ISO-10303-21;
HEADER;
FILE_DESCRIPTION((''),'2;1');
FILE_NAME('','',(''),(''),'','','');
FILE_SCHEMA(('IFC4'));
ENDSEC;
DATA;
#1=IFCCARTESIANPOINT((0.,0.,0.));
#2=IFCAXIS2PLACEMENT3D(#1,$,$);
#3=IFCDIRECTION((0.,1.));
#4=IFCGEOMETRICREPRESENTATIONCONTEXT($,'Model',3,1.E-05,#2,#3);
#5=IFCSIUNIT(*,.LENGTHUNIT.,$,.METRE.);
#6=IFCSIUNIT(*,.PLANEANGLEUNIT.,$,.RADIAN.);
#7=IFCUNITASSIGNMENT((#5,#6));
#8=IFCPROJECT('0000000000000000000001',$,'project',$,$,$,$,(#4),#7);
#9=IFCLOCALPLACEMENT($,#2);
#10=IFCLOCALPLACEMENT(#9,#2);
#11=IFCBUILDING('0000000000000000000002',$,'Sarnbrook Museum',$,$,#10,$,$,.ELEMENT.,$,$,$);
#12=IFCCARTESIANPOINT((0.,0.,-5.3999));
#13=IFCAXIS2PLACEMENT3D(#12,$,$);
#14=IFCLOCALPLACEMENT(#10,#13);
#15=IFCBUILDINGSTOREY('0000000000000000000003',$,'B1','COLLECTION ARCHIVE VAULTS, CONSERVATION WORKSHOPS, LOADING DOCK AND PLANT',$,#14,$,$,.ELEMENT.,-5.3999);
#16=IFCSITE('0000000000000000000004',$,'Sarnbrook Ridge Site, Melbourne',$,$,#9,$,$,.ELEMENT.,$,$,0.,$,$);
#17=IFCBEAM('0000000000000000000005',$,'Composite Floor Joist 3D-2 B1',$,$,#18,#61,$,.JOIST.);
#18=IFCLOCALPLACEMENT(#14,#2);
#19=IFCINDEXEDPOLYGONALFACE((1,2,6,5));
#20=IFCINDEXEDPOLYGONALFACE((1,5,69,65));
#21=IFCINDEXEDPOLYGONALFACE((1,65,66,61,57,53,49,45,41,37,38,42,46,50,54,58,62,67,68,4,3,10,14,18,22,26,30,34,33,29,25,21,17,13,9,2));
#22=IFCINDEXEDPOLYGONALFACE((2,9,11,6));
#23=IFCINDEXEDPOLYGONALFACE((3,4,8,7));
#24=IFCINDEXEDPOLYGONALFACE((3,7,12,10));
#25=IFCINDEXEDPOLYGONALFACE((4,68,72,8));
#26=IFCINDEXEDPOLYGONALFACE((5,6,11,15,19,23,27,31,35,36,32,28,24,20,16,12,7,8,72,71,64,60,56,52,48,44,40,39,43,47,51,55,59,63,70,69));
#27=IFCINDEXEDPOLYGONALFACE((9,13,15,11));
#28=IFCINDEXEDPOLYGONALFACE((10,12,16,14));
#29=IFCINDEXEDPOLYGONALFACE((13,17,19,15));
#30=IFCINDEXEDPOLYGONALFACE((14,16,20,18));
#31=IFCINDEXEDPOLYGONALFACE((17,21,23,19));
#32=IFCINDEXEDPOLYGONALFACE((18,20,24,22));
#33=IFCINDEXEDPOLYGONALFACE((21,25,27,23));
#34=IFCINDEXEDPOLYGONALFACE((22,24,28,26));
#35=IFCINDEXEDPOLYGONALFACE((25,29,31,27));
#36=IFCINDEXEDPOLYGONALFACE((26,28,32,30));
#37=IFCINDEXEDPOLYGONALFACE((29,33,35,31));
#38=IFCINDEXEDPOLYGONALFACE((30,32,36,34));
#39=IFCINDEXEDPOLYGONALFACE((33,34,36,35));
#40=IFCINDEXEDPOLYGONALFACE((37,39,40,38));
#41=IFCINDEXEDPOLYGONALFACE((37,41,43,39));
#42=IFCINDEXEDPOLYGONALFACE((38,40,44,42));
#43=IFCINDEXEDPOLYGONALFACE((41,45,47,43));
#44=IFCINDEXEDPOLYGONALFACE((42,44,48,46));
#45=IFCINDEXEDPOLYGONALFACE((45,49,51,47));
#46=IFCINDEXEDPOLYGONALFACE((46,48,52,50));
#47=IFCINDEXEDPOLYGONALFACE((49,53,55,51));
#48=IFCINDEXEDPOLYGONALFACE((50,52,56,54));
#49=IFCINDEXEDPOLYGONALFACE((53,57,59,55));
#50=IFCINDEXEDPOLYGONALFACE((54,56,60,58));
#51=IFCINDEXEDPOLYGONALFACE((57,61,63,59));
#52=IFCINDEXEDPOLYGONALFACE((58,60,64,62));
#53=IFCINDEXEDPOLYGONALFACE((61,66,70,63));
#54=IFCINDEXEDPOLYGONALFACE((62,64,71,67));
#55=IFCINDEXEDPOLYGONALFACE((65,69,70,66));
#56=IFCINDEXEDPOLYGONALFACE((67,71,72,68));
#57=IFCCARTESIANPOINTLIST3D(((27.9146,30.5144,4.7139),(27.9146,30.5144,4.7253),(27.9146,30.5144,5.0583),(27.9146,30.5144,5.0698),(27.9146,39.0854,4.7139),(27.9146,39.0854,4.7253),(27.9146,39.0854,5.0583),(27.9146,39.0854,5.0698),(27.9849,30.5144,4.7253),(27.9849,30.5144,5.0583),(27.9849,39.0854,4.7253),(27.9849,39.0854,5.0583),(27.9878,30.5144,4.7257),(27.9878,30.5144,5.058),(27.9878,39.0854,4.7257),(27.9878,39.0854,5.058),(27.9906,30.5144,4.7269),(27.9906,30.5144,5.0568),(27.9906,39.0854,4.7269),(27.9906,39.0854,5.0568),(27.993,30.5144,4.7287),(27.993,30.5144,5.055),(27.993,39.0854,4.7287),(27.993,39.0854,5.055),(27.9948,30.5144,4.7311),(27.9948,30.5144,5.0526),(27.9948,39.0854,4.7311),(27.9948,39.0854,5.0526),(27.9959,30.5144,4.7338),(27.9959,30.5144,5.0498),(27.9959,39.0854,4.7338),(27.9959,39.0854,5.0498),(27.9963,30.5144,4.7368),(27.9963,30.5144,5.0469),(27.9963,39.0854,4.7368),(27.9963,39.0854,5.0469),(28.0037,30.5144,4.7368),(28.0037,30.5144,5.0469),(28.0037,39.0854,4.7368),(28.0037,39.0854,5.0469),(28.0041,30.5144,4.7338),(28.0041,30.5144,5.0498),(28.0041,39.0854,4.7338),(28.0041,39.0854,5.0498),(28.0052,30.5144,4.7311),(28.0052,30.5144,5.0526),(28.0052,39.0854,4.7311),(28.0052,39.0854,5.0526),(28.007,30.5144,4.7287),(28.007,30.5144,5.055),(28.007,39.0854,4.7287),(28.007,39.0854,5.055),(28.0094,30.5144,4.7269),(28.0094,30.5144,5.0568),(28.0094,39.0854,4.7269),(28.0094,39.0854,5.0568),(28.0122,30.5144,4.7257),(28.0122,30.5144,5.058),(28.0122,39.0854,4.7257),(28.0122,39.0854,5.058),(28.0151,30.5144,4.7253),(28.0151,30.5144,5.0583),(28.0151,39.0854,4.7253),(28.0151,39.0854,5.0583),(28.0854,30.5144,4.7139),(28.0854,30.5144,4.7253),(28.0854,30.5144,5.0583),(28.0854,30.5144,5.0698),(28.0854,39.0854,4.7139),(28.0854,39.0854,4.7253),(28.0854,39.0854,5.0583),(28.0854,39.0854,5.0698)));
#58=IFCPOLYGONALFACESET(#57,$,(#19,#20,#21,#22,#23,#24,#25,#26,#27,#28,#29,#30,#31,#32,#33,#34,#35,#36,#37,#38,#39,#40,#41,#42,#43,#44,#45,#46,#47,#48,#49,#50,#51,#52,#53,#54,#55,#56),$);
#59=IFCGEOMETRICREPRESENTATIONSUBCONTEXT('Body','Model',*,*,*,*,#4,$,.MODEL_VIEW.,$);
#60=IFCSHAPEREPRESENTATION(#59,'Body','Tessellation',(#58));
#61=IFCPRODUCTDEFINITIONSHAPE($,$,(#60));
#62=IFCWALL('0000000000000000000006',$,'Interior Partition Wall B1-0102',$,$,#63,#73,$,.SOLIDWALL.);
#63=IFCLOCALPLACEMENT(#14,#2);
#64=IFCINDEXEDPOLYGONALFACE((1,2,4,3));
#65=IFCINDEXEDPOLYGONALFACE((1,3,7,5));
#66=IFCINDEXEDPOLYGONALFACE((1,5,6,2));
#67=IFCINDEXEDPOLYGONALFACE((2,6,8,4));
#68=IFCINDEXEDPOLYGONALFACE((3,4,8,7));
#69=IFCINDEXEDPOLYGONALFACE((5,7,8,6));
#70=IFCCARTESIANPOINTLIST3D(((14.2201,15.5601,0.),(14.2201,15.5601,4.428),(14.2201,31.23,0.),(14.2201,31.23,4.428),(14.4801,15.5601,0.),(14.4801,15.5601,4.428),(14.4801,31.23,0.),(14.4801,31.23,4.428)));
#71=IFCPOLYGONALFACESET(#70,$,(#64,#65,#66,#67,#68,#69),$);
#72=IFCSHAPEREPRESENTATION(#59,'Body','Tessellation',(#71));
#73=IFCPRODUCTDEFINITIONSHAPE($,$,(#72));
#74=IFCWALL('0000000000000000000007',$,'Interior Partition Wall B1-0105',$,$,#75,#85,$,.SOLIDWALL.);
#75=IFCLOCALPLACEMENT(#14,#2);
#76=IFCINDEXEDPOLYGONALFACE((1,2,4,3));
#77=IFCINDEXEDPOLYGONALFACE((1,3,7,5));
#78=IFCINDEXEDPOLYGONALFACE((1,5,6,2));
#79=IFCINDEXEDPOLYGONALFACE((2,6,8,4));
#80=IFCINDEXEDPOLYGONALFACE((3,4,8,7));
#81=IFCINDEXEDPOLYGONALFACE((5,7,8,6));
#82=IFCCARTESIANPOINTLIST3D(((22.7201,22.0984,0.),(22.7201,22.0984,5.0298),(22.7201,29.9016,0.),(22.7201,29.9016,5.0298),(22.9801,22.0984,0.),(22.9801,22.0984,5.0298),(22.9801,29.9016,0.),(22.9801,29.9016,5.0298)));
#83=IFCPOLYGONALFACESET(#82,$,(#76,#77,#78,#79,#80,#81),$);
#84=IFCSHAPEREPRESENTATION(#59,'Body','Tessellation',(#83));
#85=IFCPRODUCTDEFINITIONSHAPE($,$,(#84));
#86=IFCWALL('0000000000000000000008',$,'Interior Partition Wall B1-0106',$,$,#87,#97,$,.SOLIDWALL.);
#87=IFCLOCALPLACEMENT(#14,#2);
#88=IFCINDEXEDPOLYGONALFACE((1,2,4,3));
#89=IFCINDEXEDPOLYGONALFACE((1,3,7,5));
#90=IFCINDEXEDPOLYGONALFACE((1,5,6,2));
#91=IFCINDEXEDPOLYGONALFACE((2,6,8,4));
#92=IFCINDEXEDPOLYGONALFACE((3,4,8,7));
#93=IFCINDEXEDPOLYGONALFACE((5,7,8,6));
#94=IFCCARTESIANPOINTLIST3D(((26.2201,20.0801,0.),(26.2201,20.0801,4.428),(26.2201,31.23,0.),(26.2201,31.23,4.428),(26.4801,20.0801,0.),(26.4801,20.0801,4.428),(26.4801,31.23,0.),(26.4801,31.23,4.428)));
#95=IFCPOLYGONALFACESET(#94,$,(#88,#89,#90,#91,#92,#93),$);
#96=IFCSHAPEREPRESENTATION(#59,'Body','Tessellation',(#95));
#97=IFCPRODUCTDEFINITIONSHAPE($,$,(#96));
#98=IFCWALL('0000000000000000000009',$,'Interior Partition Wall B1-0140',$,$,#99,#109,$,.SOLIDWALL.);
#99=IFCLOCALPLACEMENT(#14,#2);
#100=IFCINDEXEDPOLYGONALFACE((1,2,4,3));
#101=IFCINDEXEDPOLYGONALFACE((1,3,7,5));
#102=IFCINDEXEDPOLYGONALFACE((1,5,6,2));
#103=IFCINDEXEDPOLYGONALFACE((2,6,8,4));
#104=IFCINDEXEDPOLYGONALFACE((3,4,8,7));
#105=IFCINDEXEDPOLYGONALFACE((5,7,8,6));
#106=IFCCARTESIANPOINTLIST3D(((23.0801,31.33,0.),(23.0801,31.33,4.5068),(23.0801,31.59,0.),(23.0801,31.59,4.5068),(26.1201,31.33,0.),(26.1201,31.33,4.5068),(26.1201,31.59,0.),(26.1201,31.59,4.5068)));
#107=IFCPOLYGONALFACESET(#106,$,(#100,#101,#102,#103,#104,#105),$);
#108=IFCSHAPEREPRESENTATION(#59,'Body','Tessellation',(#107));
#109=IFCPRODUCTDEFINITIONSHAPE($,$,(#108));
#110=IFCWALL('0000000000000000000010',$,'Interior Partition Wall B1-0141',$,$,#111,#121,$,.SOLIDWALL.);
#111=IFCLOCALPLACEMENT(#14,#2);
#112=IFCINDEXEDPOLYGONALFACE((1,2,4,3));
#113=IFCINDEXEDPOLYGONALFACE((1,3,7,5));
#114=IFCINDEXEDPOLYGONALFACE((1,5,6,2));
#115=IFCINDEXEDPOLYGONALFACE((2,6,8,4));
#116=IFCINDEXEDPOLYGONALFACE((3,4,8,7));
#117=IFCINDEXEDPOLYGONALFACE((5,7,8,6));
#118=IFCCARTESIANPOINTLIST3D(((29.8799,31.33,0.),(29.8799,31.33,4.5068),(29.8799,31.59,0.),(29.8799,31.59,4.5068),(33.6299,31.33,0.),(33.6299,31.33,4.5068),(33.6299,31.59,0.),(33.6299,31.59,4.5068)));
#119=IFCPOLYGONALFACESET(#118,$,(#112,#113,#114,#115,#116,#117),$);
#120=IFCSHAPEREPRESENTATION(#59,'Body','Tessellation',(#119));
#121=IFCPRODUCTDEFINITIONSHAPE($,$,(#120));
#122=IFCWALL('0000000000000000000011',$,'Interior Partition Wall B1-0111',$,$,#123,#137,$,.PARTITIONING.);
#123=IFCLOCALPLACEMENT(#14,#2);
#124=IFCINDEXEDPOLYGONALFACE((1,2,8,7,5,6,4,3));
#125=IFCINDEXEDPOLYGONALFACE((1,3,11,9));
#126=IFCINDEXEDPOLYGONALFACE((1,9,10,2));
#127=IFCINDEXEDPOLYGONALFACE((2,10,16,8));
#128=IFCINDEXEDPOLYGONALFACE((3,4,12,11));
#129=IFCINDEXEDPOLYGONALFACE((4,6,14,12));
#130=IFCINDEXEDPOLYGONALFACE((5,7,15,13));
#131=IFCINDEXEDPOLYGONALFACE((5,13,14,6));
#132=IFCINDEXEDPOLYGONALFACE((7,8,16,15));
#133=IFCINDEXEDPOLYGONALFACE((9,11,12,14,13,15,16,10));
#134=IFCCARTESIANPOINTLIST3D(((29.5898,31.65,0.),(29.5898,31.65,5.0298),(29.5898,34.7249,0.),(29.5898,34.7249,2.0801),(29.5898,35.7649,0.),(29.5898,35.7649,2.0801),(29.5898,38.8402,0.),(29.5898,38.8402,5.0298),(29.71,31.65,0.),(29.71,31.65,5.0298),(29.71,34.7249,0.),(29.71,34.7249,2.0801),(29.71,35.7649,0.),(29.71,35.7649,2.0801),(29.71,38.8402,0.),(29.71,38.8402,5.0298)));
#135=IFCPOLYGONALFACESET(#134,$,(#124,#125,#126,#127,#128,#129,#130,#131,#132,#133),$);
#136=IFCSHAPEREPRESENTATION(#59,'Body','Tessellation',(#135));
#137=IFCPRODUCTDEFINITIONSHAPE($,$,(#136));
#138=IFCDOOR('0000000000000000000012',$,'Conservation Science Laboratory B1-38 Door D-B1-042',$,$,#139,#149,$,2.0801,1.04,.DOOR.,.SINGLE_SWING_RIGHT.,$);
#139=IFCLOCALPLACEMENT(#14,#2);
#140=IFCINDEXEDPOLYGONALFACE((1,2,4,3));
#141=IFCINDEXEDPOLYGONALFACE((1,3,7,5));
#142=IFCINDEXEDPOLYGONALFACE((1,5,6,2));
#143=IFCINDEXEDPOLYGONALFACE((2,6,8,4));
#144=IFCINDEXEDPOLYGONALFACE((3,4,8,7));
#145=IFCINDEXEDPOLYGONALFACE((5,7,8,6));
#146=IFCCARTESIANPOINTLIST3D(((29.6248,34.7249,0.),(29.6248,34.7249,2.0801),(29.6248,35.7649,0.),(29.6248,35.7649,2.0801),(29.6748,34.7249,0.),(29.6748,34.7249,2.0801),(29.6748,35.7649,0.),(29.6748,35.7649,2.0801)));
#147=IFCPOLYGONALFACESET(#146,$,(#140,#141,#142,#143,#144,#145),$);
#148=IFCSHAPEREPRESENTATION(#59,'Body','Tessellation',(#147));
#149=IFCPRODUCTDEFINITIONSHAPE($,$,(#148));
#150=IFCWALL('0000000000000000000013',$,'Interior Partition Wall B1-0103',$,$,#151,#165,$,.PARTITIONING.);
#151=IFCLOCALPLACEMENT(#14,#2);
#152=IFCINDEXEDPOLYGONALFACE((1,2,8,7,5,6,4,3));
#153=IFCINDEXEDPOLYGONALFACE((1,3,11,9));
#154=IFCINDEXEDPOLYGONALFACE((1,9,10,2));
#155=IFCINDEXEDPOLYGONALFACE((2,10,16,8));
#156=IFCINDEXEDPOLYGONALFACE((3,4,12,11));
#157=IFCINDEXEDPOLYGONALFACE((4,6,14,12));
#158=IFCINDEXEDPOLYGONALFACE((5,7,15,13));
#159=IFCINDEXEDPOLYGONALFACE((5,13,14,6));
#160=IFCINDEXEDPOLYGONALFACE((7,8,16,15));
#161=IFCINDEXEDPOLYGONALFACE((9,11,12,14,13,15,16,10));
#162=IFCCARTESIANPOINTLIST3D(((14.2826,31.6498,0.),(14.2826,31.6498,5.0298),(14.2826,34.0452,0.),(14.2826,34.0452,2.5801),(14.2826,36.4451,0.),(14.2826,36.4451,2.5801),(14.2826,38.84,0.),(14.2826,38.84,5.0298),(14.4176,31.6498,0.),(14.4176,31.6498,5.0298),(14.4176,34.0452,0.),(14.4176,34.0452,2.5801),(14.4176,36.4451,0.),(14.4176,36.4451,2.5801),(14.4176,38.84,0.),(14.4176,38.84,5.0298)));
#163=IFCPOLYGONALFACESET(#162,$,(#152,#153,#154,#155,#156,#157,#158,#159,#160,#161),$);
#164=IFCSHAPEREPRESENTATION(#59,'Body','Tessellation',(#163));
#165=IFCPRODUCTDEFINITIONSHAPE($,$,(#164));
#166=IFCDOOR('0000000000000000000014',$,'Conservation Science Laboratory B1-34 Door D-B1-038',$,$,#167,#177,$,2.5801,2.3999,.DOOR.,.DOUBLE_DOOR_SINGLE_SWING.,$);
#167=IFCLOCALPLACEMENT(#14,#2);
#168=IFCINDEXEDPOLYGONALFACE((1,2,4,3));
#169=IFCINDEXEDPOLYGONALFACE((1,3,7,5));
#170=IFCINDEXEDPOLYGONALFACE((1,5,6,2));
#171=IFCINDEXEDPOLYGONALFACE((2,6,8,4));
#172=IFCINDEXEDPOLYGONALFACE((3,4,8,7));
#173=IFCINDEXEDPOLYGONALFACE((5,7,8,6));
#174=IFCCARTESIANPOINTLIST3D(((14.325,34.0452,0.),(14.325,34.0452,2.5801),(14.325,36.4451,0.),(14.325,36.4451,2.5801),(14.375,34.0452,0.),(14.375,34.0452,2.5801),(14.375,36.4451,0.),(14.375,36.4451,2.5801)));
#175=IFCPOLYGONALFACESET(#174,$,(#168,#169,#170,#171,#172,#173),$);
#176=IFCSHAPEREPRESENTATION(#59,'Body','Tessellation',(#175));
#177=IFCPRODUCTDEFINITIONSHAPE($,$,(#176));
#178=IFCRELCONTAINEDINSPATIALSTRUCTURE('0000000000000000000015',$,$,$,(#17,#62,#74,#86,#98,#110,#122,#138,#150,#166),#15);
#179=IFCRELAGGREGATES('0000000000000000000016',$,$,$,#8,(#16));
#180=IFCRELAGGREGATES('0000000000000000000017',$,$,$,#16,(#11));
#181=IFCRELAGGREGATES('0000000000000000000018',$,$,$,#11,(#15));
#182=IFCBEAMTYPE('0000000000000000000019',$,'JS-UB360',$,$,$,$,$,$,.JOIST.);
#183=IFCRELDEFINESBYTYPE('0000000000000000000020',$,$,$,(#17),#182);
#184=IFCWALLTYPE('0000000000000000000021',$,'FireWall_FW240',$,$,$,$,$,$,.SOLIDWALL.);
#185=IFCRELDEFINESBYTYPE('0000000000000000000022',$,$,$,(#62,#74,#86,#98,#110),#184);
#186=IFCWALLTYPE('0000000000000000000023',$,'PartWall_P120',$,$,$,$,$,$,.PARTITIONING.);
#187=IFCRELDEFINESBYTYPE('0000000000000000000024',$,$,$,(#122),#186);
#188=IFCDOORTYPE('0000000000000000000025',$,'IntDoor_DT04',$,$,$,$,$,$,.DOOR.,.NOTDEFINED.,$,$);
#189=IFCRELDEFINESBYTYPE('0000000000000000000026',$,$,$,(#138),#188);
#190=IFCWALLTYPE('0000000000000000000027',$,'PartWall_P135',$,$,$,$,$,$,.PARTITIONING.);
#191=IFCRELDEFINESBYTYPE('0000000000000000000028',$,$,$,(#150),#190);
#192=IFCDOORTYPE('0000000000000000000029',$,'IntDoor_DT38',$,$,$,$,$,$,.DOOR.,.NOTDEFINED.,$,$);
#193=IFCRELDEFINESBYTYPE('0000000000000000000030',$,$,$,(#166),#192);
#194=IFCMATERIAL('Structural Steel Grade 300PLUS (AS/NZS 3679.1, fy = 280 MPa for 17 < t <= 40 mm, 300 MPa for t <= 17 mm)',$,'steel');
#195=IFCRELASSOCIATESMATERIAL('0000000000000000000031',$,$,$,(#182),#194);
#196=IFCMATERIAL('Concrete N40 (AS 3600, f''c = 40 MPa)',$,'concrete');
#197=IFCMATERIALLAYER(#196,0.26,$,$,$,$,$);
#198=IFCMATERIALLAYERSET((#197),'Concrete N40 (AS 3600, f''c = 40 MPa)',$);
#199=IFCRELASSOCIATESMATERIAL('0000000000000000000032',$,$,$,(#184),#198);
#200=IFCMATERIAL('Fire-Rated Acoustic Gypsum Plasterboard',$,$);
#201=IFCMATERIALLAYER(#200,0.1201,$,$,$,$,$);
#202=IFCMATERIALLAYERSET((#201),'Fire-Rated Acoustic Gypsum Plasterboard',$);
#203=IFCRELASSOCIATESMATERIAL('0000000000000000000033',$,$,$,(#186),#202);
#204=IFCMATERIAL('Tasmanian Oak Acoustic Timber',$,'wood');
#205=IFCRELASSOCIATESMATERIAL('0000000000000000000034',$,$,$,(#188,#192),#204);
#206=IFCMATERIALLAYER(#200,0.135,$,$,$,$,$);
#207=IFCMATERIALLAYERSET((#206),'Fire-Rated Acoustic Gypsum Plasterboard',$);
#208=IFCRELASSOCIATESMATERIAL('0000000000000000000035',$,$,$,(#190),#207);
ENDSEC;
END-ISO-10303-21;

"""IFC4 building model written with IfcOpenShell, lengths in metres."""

from ifc_helpers import new_model, si_unit, direction, frame, frame_2d, origin, origin_2d, place, context, subcontext, project, spatial, rectangle, i_section, extrude, material, layer, layer_set, material_profile, profile_set, type_object, element, fill, save


model = new_model("IFC4")

# Units and contexts
model_context = context("Model", 3, precision=1e-05, world=origin(), true_north=direction((0.0, 1.0)))
body_context = subcontext(model_context, "Body", "Model", "MODEL_VIEW")
ifc_project = project(units=[si_unit("LENGTHUNIT", "METRE"), si_unit("PLANEANGLEUNIT", "RADIAN")], contexts=[model_context])

# Site, building, storey
site_placement = place(None, origin())
site = spatial("IfcSite", under=ifc_project, at=site_placement, Name="Sarnbrook Ridge Site, Melbourne", CompositionType="ELEMENT", RefElevation=0.0)
building_placement = place(site_placement, origin())
building = spatial("IfcBuilding", under=site, at=building_placement, Name="Sarnbrook Museum", CompositionType="ELEMENT")
storey_placement = place(building_placement, frame((0.0, 0.0, -5.3999)))
storey = spatial("IfcBuildingStorey", under=building, at=storey_placement, Name="B1", Description="COLLECTION ARCHIVE VAULTS, CONSERVATION WORKSHOPS, LOADING DOCK AND PLANT", CompositionType="ELEMENT", Elevation=-5.3999)

# Shared definitions
ifc_material_1 = material(Name="Concrete N40 (AS 3600, f'c = 40 MPa)", Category="concrete")

# Beam
ifc_material_2 = material(Name="Structural Steel Grade 300PLUS (AS/NZS 3679.1, fy = 280 MPa for 17 < t <= 40 mm, 300 MPa for t <= 17 mm)", Category="steel")
ifc_material_profile_1 = material_profile(ifc_material_2, i_section(OverallWidth=0.1709, OverallDepth=0.356, WebThickness=0.0073, FlangeThickness=0.0115, FilletRadius=0.0115, at=origin_2d()), Name="360UB50.7")
ifc_profile_set_1 = profile_set([ifc_material_profile_1], Name="Structural Steel Grade 300PLUS (AS/NZS 3679.1, fy = 280 MPa for 17 < t <= 40 mm, 300 MPa for t <= 17 mm)")
beam_type_1 = type_object("IfcBeamType", Name="JS-UB360", PredefinedType="JOIST", material=ifc_profile_set_1)
for number, where, z_axis, x_axis, name in (
    (1, (28.0, 30.5144, 4.8918), (0.0, 1.0, 0.0), (-1.0, 0.0, 0.0), "Composite Floor Joist 3D-2 B1"),
):
    element("IfcBeam", number, at=place(storey_placement, frame(where, z_axis=z_axis, x_axis=x_axis)), inside=storey, type_object=beam_type_1, Name=name, PredefinedType="JOIST", context=body_context, shape_type="SweptSolid", body=[
        extrude(i_section(OverallWidth=0.1709, OverallDepth=0.356, WebThickness=0.0073, FlangeThickness=0.0115, FilletRadius=0.0115, at=origin_2d()), origin(), (0.0, 0.0, 1.0), 8.571),
    ])

# Walls
ifc_layer_1 = layer(ifc_material_1, 0.26)
ifc_layer_set_1 = layer_set([ifc_layer_1], Name="Concrete N40 (AS 3600, f'c = 40 MPa)")
wall_type_1 = type_object("IfcWallType", Name="FireWall_FW240", PredefinedType="SOLIDWALL", material=ifc_layer_set_1)
wall_1_placement = place(storey_placement, frame((14.3501, 31.23, 0.0), z_axis=(0.0, 0.0, 1.0), x_axis=(0.0, -1.0, 0.0)))
element("IfcWall", 2, at=wall_1_placement, inside=storey, type_object=wall_type_1, Name="Interior Partition Wall B1-0102", PredefinedType="SOLIDWALL", context=body_context, shape_type="SweptSolid", body=[
    extrude(rectangle(XDim=15.6699, YDim=0.26, at=frame_2d((7.835, 0.0))), origin(), (0.0, 0.0, 1.0), 4.428),
])
wall_2_placement = place(storey_placement, frame((22.8501, 22.0984, 0.0), z_axis=(0.0, 0.0, 1.0), x_axis=(0.0, 1.0, 0.0)))
element("IfcWall", 3, at=wall_2_placement, inside=storey, type_object=wall_type_1, Name="Interior Partition Wall B1-0105", PredefinedType="SOLIDWALL", context=body_context, shape_type="SweptSolid", body=[
    extrude(rectangle(XDim=7.8032, YDim=0.26, at=frame_2d((3.9016, 0.0))), origin(), (0.0, 0.0, 1.0), 5.0298),
])
wall_3_placement = place(storey_placement, frame((26.3501, 31.23, 0.0), z_axis=(0.0, 0.0, 1.0), x_axis=(0.0, -1.0, 0.0)))
element("IfcWall", 4, at=wall_3_placement, inside=storey, type_object=wall_type_1, Name="Interior Partition Wall B1-0106", PredefinedType="SOLIDWALL", context=body_context, shape_type="SweptSolid", body=[
    extrude(rectangle(XDim=11.1499, YDim=0.26, at=frame_2d((5.575, 0.0))), origin(), (0.0, 0.0, 1.0), 4.428),
])
wall_4_placement = place(storey_placement, frame((23.0801, 31.46, 0.0), z_axis=(0.0, 0.0, 1.0), x_axis=(1.0, 0.0, 0.0)))
element("IfcWall", 5, at=wall_4_placement, inside=storey, type_object=wall_type_1, Name="Interior Partition Wall B1-0140", PredefinedType="SOLIDWALL", context=body_context, shape_type="SweptSolid", body=[
    extrude(rectangle(XDim=3.04, YDim=0.26, at=frame_2d((1.52, 0.0))), origin(), (0.0, 0.0, 1.0), 4.5068),
])
wall_5_placement = place(storey_placement, frame((29.8799, 31.46, 0.0), z_axis=(0.0, 0.0, 1.0), x_axis=(1.0, 0.0, 0.0)))
element("IfcWall", 6, at=wall_5_placement, inside=storey, type_object=wall_type_1, Name="Interior Partition Wall B1-0141", PredefinedType="SOLIDWALL", context=body_context, shape_type="SweptSolid", body=[
    extrude(rectangle(XDim=3.75, YDim=0.26, at=frame_2d((1.875, 0.0))), origin(), (0.0, 0.0, 1.0), 4.5068),
])

# Walls, openings, doors
ifc_material_3 = material(Name="Fire-Rated Acoustic Gypsum Plasterboard")
ifc_layer_2 = layer(ifc_material_3, 0.1201)
ifc_layer_set_2 = layer_set([ifc_layer_2], Name="Fire-Rated Acoustic Gypsum Plasterboard")
wall_type_2 = type_object("IfcWallType", Name="PartWall_P120", PredefinedType="PARTITIONING", material=ifc_layer_set_2)
wall_6_placement = place(storey_placement, frame((29.6499, 31.6499, 0.0), z_axis=(0.0, 0.0, 1.0), x_axis=(0.0, 1.0, 0.0)))
wall_6 = element("IfcWall", 7, at=wall_6_placement, inside=storey, type_object=wall_type_2, Name="Interior Partition Wall B1-0111", PredefinedType="PARTITIONING", context=body_context, shape_type="SweptSolid", body=[
    extrude(rectangle(XDim=7.1902, YDim=0.1201, at=frame_2d((3.5952, 0.0))), origin(), (0.0, 0.0, 1.0), 5.0298),
])
opening_1_placement = place(wall_6_placement, frame((3.075, 0.0, 0.0)))
opening_1 = element("IfcOpeningElement", 8, at=opening_1_placement, cuts=wall_6, PredefinedType="OPENING", context=body_context, shape_type="SweptSolid", body=[
    extrude(rectangle(XDim=1.04, YDim=2.0801, at=frame_2d((0.52, 1.04))), frame((0.0, 0.0701, 0.0), z_axis=(0.0, -1.0, 0.0), x_axis=(1.0, 0.0, 0.0)), (0.0, 0.0, 1.0), 0.1401),
])
ifc_material_4 = material(Name="Tasmanian Oak Acoustic Timber", Category="wood")
door_type_1 = type_object("IfcDoorType", Name="IntDoor_DT04", OperationType="NOTDEFINED", PredefinedType="DOOR", material=ifc_material_4)
door_1_placement = place(opening_1_placement, frame((1.04, 0.0, 0.0), z_axis=(0.0, 0.0, 1.0), x_axis=(-1.0, 0.0, 0.0)))
door_1 = element("IfcDoor", 9, at=door_1_placement, inside=storey, type_object=door_type_1, Name="Conservation Science Laboratory B1-38 Door D-B1-042", OperationType="SINGLE_SWING_RIGHT", OverallHeight=2.0801, OverallWidth=1.04, PredefinedType="DOOR", context=body_context, shape_type="SweptSolid", body=[
    extrude(rectangle(XDim=1.04, YDim=2.0801, at=frame_2d((0.52, 1.04))), frame((0.0, 0.0249, 0.0), z_axis=(0.0, -1.0, 0.0), x_axis=(1.0, 0.0, 0.0)), (0.0, 0.0, 1.0), 0.05),
])
fill(opening_1, door_1)
ifc_layer_3 = layer(ifc_material_3, 0.135)
ifc_layer_set_3 = layer_set([ifc_layer_3], Name="Fire-Rated Acoustic Gypsum Plasterboard")
wall_type_3 = type_object("IfcWallType", Name="PartWall_P135", PredefinedType="PARTITIONING", material=ifc_layer_set_3)
wall_7_placement = place(storey_placement, frame((14.3501, 38.8401, 0.0), z_axis=(0.0, 0.0, 1.0), x_axis=(0.0, -1.0, 0.0)))
wall_7 = element("IfcWall", 10, at=wall_7_placement, inside=storey, type_object=wall_type_3, Name="Interior Partition Wall B1-0103", PredefinedType="PARTITIONING", context=body_context, shape_type="SweptSolid", body=[
    extrude(rectangle(XDim=7.1902, YDim=0.135, at=frame_2d((3.5952, 0.0))), origin(), (0.0, 0.0, 1.0), 5.0298),
])
opening_2_placement = place(wall_7_placement, frame((2.395, 0.0, 0.0)))
opening_2 = element("IfcOpeningElement", 11, at=opening_2_placement, cuts=wall_7, PredefinedType="OPENING", context=body_context, shape_type="SweptSolid", body=[
    extrude(rectangle(XDim=2.3999, YDim=2.5801, at=frame_2d((1.2, 1.29))), frame((0.0, 0.0776, 0.0), z_axis=(0.0, -1.0, 0.0), x_axis=(1.0, 0.0, 0.0)), (0.0, 0.0, 1.0), 0.155),
])
door_type_2 = type_object("IfcDoorType", Name="IntDoor_DT38", OperationType="NOTDEFINED", PredefinedType="DOOR", material=ifc_material_4)
door_2_placement = place(opening_2_placement, origin())
door_2 = element("IfcDoor", 12, at=door_2_placement, inside=storey, type_object=door_type_2, Name="Conservation Science Laboratory B1-34 Door D-B1-038", OperationType="DOUBLE_DOOR_SINGLE_SWING", OverallHeight=2.5801, OverallWidth=2.3999, PredefinedType="DOOR", context=body_context, shape_type="SweptSolid", body=[
    extrude(rectangle(XDim=2.3999, YDim=2.5801, at=frame_2d((1.2, 1.29))), frame((0.0, 0.0249, 0.0), z_axis=(0.0, -1.0, 0.0), x_axis=(1.0, 0.0, 0.0)), (0.0, 0.0, 1.0), 0.05),
])
fill(opening_2, door_2)

save(model, "model.ifc")
